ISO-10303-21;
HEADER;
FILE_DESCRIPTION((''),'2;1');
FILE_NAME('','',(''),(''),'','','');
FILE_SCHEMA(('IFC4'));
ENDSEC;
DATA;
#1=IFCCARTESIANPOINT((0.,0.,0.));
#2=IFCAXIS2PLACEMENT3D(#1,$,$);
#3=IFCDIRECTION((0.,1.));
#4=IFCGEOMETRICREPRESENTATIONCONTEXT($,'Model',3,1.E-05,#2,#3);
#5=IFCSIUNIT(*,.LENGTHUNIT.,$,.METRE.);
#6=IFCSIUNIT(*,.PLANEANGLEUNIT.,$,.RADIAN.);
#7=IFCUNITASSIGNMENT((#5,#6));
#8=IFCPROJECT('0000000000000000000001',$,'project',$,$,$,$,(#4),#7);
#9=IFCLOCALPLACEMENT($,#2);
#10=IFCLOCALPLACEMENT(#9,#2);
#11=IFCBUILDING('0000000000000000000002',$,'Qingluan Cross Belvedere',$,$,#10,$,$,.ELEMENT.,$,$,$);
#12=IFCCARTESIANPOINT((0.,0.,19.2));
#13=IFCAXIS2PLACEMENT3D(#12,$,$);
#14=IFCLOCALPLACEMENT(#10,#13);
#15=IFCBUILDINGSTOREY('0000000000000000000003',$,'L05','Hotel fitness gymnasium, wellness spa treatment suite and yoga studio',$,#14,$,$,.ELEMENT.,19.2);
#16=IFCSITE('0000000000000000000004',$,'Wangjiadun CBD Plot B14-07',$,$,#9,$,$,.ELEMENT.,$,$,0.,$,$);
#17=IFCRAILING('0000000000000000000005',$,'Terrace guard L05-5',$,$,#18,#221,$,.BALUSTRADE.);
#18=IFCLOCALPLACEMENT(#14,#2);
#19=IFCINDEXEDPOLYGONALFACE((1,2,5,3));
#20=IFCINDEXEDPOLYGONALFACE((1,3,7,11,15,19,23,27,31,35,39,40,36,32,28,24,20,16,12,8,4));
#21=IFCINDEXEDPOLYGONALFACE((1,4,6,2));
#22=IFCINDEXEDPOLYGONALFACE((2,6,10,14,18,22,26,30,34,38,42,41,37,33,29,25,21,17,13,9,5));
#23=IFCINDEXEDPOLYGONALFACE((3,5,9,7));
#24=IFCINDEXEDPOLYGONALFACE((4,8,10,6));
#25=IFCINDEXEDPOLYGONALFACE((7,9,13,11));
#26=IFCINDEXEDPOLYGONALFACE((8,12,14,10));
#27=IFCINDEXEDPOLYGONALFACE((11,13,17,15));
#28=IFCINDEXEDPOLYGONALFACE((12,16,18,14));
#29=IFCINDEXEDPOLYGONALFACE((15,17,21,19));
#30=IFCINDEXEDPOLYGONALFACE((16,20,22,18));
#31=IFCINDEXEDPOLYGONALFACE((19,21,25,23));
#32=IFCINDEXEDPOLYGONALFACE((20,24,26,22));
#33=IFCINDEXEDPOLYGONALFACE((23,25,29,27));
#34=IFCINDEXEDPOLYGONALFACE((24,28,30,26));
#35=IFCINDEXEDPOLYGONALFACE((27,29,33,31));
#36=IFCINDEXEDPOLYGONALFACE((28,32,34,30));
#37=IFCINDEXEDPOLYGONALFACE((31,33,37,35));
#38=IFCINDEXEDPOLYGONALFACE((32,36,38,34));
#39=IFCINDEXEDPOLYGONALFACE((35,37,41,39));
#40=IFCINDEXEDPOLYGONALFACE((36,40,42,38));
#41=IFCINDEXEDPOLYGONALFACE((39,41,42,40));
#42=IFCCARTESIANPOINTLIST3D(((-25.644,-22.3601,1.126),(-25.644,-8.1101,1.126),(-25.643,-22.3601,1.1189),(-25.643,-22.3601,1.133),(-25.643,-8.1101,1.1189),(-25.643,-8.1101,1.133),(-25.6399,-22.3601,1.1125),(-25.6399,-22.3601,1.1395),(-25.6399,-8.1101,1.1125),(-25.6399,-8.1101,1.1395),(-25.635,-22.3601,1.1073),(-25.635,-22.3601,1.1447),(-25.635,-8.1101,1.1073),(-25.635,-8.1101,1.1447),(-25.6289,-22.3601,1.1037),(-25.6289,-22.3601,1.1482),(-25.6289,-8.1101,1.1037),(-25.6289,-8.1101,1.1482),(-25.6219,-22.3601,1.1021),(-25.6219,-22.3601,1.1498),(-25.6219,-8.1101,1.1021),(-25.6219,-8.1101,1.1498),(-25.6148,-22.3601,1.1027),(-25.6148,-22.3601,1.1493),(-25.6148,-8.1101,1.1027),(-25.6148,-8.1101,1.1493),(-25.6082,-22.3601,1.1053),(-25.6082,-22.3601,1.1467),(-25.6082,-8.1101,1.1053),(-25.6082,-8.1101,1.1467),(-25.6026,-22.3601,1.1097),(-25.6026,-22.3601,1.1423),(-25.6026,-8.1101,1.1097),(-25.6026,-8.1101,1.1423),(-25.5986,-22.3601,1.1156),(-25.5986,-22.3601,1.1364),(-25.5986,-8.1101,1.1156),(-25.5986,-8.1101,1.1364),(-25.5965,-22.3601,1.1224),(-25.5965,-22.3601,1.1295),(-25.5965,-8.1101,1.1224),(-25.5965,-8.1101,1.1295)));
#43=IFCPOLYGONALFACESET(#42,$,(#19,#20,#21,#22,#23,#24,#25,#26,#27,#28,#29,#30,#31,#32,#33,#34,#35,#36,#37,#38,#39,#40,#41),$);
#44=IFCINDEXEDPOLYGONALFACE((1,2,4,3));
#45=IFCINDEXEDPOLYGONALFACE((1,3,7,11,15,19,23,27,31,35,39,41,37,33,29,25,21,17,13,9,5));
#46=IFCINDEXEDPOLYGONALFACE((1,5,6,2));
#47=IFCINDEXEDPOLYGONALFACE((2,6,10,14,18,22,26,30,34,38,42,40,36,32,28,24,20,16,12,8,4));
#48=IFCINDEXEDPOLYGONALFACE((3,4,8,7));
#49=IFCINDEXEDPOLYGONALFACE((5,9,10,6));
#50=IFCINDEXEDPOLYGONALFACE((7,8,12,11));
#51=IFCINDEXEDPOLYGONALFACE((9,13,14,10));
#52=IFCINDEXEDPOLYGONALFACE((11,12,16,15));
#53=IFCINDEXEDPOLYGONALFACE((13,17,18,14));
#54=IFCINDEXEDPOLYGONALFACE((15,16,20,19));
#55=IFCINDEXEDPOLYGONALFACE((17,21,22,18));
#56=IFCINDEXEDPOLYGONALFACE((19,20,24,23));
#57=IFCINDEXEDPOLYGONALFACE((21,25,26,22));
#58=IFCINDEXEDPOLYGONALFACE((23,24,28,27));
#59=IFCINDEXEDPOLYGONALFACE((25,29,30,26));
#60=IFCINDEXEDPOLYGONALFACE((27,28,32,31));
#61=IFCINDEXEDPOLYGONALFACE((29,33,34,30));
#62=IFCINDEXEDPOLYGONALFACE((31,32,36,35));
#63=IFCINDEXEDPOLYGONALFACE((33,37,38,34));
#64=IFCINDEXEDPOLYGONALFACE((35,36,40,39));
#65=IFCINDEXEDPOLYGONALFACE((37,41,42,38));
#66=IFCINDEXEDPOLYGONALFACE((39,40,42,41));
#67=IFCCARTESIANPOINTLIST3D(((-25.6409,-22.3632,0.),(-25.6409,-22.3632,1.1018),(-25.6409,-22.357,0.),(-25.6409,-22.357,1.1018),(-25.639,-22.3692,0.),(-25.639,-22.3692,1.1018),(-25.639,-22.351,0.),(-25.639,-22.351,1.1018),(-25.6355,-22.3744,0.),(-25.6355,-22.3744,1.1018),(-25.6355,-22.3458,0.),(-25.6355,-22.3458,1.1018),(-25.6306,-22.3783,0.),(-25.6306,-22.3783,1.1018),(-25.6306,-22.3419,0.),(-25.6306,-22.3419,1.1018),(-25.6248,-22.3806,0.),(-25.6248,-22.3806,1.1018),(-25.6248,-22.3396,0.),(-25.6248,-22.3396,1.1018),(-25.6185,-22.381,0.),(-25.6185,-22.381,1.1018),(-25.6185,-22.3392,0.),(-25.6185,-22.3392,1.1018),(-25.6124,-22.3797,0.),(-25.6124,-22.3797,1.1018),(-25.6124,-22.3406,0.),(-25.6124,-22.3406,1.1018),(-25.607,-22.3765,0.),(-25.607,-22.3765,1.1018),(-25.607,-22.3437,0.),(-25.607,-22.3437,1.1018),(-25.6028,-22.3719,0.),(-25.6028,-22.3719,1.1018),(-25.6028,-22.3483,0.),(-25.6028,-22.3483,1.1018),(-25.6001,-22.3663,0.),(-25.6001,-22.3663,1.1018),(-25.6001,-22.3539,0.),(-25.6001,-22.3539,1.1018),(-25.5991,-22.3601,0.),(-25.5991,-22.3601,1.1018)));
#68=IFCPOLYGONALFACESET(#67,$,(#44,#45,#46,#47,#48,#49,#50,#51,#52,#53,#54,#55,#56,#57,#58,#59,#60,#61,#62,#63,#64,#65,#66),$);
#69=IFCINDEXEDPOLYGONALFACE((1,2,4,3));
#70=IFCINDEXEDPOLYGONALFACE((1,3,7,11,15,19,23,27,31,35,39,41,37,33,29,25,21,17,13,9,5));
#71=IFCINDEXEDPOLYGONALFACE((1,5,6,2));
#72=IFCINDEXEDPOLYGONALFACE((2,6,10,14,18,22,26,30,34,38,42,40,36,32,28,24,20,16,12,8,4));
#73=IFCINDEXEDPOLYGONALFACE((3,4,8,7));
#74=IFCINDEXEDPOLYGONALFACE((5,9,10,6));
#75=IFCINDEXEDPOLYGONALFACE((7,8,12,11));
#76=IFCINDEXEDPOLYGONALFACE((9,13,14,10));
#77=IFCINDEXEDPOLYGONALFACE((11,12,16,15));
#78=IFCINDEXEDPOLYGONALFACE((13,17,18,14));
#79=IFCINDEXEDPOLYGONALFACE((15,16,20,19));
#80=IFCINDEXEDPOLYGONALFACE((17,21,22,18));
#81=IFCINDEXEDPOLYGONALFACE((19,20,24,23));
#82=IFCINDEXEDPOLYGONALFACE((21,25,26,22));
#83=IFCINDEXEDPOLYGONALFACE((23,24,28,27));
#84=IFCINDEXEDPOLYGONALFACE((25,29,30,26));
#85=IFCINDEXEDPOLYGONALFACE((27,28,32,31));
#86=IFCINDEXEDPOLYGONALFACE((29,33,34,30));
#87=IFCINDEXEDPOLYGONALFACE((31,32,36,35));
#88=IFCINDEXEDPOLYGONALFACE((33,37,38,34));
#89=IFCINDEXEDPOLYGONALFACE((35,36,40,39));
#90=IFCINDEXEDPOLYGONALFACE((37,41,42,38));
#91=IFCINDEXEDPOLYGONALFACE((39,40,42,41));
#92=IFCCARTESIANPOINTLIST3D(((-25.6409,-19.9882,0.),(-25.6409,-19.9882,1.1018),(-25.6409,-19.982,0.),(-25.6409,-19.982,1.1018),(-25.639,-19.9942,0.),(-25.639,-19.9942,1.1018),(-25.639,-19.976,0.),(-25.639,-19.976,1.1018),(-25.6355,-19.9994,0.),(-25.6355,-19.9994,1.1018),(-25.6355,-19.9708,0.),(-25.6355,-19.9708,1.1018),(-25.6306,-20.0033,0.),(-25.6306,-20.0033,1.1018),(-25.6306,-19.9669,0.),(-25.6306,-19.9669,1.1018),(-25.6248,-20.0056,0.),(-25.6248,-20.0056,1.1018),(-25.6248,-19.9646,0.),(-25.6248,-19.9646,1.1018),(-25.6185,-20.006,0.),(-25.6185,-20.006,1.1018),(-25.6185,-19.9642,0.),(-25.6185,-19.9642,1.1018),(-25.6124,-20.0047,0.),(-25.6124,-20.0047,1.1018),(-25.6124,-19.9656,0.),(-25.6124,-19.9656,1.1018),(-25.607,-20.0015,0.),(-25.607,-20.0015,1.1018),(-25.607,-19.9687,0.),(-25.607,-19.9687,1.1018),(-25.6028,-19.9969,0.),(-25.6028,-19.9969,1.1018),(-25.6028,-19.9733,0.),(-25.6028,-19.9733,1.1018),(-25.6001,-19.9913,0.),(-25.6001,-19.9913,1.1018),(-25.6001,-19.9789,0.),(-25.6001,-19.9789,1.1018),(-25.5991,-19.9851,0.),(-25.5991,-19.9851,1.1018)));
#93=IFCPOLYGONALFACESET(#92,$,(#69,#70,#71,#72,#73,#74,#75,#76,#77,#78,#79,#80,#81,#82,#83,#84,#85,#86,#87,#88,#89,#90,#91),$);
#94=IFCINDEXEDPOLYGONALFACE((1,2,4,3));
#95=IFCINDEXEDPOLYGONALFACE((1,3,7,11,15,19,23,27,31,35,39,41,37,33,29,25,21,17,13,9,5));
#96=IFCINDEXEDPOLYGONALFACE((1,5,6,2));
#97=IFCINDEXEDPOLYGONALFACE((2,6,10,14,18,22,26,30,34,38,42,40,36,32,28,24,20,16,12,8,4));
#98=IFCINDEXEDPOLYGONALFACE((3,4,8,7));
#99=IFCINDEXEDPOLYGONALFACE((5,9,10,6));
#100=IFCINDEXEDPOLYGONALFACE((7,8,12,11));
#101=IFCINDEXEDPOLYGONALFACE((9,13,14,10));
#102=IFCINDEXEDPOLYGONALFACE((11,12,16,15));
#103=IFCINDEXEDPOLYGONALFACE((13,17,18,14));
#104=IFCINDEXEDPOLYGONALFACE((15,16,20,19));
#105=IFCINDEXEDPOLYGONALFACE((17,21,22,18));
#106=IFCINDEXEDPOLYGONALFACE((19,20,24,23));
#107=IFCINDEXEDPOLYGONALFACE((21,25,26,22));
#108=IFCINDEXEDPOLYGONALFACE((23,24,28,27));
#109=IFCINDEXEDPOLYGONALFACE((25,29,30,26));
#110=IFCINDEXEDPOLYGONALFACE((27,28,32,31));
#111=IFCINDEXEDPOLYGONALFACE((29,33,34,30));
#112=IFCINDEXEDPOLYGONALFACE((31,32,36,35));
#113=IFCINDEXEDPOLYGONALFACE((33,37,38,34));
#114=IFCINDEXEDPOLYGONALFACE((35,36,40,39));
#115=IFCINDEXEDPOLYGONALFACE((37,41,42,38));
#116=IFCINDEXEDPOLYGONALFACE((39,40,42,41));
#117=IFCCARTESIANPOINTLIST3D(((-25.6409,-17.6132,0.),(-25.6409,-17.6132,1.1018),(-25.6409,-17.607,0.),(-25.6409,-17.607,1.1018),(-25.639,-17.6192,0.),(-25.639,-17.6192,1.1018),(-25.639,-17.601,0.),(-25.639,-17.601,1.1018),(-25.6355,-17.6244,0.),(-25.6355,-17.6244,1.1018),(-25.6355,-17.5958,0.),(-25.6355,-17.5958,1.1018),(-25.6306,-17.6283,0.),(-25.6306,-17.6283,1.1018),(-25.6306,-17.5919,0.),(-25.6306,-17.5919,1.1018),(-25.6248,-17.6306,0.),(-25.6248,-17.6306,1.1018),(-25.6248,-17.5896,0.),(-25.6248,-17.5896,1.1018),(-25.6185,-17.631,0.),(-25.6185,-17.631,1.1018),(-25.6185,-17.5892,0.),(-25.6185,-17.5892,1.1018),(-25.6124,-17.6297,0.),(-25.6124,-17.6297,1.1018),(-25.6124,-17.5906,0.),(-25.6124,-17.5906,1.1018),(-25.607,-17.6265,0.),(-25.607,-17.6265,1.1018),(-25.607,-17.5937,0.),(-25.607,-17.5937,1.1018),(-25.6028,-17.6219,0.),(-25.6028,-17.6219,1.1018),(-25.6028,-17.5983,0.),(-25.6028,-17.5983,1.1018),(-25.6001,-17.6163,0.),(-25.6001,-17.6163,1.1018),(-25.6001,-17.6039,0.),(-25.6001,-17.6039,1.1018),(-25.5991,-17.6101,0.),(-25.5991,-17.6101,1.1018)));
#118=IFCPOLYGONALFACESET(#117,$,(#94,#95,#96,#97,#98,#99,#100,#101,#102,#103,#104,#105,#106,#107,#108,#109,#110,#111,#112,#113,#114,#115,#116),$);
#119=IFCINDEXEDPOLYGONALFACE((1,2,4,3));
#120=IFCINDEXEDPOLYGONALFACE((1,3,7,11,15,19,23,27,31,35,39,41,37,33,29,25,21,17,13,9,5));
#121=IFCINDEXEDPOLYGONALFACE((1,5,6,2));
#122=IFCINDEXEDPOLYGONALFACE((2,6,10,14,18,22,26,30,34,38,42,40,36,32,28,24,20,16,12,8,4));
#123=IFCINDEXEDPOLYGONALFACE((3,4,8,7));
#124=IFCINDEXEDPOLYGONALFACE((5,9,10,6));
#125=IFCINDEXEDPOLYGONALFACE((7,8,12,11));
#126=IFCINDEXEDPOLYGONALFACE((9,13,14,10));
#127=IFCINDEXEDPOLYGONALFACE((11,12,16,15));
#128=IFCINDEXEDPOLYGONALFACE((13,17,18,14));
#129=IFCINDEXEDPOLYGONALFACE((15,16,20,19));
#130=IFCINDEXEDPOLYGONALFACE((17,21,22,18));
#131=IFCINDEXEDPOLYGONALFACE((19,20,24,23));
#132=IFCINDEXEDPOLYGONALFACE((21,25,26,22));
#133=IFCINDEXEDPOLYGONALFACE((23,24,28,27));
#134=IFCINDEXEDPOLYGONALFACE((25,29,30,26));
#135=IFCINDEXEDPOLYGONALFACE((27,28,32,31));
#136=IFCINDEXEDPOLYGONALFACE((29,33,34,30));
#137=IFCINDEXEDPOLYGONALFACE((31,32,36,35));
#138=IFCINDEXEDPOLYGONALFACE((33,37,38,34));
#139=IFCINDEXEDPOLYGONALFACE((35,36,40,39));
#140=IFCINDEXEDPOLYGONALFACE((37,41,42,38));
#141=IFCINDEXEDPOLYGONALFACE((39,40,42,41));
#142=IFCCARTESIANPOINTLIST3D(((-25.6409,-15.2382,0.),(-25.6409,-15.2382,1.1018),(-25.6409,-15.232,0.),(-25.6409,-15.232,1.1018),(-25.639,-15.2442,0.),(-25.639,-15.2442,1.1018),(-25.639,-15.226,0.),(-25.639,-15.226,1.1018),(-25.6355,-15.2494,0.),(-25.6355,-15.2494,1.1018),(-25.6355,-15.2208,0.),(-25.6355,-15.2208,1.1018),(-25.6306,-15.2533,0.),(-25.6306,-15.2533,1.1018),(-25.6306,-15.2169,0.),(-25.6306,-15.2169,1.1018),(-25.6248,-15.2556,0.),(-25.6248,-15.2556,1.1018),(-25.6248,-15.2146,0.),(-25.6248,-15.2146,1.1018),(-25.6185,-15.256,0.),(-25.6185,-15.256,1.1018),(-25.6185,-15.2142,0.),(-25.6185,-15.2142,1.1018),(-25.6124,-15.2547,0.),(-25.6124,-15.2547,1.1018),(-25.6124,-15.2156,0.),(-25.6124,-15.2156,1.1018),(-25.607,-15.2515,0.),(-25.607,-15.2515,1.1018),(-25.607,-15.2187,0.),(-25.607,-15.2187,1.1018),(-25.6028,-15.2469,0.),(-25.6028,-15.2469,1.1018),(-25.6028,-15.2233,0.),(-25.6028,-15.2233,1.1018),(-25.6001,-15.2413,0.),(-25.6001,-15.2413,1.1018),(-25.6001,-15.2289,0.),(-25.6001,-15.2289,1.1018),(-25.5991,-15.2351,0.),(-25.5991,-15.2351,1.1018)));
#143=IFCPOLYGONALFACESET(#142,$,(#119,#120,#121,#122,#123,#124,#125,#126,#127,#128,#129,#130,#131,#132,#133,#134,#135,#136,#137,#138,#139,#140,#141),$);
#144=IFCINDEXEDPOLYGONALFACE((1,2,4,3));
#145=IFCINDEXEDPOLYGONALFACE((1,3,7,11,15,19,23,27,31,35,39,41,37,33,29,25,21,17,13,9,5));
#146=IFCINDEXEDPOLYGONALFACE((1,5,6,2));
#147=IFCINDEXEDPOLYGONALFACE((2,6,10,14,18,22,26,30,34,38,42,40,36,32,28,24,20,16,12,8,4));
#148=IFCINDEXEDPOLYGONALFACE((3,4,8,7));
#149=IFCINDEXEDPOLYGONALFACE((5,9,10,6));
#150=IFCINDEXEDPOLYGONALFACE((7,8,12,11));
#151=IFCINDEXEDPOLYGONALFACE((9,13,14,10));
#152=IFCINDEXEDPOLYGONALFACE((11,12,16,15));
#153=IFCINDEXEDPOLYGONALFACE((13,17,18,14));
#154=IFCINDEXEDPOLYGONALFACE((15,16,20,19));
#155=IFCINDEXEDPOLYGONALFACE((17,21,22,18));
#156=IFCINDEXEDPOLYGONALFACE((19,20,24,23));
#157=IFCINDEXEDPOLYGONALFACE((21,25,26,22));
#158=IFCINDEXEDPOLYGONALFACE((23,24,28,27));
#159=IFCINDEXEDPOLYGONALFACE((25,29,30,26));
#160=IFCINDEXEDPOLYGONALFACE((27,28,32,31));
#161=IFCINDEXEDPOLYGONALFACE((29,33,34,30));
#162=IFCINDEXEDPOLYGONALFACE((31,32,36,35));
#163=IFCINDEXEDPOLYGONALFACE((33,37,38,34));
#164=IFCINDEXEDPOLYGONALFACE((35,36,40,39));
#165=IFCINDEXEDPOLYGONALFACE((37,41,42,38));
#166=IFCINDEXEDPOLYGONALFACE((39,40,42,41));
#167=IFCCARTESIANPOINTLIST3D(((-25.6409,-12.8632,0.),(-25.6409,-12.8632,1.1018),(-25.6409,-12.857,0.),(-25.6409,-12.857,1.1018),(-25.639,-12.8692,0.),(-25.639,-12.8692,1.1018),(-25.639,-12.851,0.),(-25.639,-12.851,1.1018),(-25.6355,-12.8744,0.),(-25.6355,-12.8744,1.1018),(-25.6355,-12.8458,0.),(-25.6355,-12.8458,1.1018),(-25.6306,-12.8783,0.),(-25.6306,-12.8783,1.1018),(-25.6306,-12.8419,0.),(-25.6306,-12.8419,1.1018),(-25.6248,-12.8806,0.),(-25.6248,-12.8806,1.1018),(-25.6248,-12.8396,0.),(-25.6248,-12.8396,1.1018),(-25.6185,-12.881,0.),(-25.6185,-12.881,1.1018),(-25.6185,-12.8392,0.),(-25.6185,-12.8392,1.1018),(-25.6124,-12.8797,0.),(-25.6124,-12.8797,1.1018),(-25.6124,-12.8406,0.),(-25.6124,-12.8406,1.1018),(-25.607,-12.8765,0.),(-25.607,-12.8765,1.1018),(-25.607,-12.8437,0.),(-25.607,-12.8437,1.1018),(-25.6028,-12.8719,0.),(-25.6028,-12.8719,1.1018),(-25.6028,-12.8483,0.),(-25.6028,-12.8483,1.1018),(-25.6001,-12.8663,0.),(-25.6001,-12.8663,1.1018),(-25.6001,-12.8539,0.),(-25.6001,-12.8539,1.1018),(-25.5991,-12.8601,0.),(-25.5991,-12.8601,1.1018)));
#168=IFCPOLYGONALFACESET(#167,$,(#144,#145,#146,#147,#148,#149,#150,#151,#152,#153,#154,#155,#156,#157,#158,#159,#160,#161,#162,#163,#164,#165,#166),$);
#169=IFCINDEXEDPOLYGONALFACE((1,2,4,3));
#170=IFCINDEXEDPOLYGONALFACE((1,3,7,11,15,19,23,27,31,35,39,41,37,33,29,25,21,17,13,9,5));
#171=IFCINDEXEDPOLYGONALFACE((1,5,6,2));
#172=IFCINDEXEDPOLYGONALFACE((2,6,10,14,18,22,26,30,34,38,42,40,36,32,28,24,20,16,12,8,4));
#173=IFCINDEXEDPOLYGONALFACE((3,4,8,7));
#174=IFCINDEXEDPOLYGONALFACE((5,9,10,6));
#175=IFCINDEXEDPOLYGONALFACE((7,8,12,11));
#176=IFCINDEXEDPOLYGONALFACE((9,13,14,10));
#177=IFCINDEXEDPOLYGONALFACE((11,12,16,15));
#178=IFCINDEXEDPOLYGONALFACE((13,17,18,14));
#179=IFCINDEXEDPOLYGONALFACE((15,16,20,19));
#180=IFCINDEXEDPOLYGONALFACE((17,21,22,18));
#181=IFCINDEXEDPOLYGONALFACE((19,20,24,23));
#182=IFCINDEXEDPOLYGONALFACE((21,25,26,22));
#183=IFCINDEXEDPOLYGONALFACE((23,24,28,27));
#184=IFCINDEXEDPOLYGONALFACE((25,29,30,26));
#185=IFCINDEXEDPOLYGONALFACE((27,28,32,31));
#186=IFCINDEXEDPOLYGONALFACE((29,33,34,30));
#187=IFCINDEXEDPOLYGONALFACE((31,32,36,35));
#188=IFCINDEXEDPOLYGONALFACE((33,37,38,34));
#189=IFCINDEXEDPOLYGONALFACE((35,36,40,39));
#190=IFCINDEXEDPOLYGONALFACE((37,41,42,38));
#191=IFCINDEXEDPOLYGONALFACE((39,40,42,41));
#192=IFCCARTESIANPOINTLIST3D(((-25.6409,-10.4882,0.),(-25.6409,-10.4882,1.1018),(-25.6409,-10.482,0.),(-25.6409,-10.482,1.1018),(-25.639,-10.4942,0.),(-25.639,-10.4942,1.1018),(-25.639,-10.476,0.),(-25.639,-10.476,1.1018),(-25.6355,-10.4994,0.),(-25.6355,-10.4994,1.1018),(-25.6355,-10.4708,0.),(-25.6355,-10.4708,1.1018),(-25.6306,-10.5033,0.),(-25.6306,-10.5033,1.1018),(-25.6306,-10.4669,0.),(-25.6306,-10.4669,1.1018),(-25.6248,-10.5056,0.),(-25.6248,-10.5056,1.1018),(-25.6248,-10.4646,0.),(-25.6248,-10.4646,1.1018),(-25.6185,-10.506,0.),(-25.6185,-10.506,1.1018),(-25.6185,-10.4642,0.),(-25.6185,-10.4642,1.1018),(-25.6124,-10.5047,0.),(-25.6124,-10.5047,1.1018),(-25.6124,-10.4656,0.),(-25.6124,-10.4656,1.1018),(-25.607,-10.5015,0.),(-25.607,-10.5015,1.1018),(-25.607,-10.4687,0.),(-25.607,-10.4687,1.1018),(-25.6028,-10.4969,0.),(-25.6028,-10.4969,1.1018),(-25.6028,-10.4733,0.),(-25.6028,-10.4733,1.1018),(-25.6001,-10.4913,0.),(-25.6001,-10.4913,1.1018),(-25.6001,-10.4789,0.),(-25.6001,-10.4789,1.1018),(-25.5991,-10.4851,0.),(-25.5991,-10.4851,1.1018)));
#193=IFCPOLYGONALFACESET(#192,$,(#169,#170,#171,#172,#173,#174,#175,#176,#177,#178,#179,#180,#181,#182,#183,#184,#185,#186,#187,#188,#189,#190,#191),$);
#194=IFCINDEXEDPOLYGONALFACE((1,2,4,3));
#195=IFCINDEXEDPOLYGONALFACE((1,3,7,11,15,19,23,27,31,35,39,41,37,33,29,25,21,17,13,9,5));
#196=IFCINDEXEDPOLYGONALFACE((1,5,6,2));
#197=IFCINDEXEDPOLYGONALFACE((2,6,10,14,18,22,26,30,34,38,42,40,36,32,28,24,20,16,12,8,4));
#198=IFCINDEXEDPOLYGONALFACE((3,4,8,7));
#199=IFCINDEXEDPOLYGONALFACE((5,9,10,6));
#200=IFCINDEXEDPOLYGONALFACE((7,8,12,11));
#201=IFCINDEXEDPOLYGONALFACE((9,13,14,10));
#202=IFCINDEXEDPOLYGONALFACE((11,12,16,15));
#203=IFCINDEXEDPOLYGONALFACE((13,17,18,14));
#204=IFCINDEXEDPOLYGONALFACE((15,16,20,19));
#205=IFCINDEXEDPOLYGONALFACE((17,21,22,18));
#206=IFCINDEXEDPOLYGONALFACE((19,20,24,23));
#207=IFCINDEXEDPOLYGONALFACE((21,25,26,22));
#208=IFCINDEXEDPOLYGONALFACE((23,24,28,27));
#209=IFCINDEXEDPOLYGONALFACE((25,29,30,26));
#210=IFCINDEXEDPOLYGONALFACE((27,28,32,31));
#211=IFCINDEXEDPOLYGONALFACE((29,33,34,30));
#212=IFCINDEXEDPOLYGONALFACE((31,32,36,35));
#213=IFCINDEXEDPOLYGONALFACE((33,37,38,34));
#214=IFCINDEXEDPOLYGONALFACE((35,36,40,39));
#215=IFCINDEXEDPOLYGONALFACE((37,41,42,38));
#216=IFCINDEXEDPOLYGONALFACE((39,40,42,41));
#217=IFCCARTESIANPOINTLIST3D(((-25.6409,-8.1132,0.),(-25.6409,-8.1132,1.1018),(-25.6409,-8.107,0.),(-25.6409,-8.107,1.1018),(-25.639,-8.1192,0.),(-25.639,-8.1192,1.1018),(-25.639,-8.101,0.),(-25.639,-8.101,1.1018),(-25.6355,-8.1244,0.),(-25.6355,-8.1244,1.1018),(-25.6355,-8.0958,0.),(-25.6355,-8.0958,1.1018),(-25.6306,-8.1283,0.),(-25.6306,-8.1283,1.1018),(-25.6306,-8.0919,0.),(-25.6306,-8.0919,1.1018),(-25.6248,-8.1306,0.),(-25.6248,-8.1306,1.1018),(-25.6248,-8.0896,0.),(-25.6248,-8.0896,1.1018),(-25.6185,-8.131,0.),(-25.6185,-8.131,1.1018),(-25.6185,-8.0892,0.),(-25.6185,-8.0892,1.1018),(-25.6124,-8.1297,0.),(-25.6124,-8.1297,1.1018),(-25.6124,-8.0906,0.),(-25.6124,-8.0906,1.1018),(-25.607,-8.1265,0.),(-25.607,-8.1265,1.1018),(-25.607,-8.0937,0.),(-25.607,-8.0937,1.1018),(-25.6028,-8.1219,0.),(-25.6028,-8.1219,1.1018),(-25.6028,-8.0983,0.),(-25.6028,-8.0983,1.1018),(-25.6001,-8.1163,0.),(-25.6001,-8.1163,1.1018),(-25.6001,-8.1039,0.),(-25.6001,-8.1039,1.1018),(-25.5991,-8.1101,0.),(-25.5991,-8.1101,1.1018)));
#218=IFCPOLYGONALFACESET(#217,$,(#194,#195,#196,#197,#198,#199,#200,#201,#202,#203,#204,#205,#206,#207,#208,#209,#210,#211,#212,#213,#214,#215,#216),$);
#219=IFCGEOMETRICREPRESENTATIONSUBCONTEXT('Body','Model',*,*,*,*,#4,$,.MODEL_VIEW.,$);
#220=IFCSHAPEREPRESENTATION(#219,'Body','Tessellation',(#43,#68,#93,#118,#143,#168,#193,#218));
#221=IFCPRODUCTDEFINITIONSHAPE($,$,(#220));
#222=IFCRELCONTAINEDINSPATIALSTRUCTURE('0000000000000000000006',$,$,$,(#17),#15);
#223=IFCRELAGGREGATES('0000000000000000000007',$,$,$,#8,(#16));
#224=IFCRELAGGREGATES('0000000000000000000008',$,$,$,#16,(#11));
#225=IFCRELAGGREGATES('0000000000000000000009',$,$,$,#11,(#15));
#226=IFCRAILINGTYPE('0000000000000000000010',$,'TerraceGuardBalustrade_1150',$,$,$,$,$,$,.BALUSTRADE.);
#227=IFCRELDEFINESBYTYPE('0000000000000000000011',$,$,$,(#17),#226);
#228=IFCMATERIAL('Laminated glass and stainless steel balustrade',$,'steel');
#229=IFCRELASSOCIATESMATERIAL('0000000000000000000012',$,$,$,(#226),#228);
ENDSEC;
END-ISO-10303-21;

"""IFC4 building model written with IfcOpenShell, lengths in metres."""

from ifc_helpers import new_model, si_unit, direction, frame, origin, origin_2d, place, context, subcontext, project, spatial, circle, extrude, material, type_object, element, save


model = new_model("IFC4")

# Units and contexts
model_context = context("Model", 3, precision=1e-05, world=origin(), true_north=direction((0.0, 1.0)))
body_context = subcontext(model_context, "Body", "Model", "MODEL_VIEW")
ifc_project = project(units=[si_unit("LENGTHUNIT", "METRE"), si_unit("PLANEANGLEUNIT", "RADIAN")], contexts=[model_context])

# Site, building, storey
site_placement = place(None, origin())
site = spatial("IfcSite", under=ifc_project, at=site_placement, Name="Wangjiadun CBD Plot B14-07", CompositionType="ELEMENT", RefElevation=0.0)
building_placement = place(site_placement, origin())
building = spatial("IfcBuilding", under=site, at=building_placement, Name="Qingluan Cross Belvedere", CompositionType="ELEMENT")
storey_placement = place(building_placement, frame((0.0, 0.0, 19.2)))
storey = spatial("IfcBuildingStorey", under=building, at=storey_placement, Name="L05", Description="Hotel fitness gymnasium, wellness spa treatment suite and yoga studio", CompositionType="ELEMENT", Elevation=19.2)

# Railing
ifc_material_1 = material(Name="Laminated glass and stainless steel balustrade", Category="steel")
railing_type = type_object("IfcRailingType", Name="TerraceGuardBalustrade_1150", PredefinedType="BALUSTRADE", material=ifc_material_1)
railing_1_placement = place(storey_placement, frame((-25.6201, -22.3601, 0.0)))
element("IfcRailing", 1, at=railing_1_placement, inside=storey, type_object=railing_type, Name="Terrace guard L05-5", PredefinedType="BALUSTRADE", context=body_context, shape_type="SweptSolid", body=[
    extrude(circle(Radius=0.0239, at=origin_2d()), frame((0.0, 0.0, 1.126), z_axis=(0.0, 1.0, 0.0), x_axis=(-1.0, 0.0, 0.0)), (0.0, 0.0, 1.0), 14.25),
    extrude(circle(Radius=0.021, at=origin_2d()), origin(), (0.0, 0.0, 1.0), 1.1018),
    extrude(circle(Radius=0.021, at=origin_2d()), frame((0.0, 2.375, 0.0)), (0.0, 0.0, 1.0), 1.1018),
    extrude(circle(Radius=0.021, at=origin_2d()), frame((0.0, 4.75, 0.0)), (0.0, 0.0, 1.0), 1.1018),
    extrude(circle(Radius=0.021, at=origin_2d()), frame((0.0, 7.125, 0.0)), (0.0, 0.0, 1.0), 1.1018),
    extrude(circle(Radius=0.021, at=origin_2d()), frame((0.0, 9.5, 0.0)), (0.0, 0.0, 1.0), 1.1018),
    extrude(circle(Radius=0.021, at=origin_2d()), frame((0.0, 11.875, 0.0)), (0.0, 0.0, 1.0), 1.1018),
    extrude(circle(Radius=0.021, at=origin_2d()), frame((0.0, 14.25, 0.0)), (0.0, 0.0, 1.0), 1.1018),
])

save(model, "model.ifc")
